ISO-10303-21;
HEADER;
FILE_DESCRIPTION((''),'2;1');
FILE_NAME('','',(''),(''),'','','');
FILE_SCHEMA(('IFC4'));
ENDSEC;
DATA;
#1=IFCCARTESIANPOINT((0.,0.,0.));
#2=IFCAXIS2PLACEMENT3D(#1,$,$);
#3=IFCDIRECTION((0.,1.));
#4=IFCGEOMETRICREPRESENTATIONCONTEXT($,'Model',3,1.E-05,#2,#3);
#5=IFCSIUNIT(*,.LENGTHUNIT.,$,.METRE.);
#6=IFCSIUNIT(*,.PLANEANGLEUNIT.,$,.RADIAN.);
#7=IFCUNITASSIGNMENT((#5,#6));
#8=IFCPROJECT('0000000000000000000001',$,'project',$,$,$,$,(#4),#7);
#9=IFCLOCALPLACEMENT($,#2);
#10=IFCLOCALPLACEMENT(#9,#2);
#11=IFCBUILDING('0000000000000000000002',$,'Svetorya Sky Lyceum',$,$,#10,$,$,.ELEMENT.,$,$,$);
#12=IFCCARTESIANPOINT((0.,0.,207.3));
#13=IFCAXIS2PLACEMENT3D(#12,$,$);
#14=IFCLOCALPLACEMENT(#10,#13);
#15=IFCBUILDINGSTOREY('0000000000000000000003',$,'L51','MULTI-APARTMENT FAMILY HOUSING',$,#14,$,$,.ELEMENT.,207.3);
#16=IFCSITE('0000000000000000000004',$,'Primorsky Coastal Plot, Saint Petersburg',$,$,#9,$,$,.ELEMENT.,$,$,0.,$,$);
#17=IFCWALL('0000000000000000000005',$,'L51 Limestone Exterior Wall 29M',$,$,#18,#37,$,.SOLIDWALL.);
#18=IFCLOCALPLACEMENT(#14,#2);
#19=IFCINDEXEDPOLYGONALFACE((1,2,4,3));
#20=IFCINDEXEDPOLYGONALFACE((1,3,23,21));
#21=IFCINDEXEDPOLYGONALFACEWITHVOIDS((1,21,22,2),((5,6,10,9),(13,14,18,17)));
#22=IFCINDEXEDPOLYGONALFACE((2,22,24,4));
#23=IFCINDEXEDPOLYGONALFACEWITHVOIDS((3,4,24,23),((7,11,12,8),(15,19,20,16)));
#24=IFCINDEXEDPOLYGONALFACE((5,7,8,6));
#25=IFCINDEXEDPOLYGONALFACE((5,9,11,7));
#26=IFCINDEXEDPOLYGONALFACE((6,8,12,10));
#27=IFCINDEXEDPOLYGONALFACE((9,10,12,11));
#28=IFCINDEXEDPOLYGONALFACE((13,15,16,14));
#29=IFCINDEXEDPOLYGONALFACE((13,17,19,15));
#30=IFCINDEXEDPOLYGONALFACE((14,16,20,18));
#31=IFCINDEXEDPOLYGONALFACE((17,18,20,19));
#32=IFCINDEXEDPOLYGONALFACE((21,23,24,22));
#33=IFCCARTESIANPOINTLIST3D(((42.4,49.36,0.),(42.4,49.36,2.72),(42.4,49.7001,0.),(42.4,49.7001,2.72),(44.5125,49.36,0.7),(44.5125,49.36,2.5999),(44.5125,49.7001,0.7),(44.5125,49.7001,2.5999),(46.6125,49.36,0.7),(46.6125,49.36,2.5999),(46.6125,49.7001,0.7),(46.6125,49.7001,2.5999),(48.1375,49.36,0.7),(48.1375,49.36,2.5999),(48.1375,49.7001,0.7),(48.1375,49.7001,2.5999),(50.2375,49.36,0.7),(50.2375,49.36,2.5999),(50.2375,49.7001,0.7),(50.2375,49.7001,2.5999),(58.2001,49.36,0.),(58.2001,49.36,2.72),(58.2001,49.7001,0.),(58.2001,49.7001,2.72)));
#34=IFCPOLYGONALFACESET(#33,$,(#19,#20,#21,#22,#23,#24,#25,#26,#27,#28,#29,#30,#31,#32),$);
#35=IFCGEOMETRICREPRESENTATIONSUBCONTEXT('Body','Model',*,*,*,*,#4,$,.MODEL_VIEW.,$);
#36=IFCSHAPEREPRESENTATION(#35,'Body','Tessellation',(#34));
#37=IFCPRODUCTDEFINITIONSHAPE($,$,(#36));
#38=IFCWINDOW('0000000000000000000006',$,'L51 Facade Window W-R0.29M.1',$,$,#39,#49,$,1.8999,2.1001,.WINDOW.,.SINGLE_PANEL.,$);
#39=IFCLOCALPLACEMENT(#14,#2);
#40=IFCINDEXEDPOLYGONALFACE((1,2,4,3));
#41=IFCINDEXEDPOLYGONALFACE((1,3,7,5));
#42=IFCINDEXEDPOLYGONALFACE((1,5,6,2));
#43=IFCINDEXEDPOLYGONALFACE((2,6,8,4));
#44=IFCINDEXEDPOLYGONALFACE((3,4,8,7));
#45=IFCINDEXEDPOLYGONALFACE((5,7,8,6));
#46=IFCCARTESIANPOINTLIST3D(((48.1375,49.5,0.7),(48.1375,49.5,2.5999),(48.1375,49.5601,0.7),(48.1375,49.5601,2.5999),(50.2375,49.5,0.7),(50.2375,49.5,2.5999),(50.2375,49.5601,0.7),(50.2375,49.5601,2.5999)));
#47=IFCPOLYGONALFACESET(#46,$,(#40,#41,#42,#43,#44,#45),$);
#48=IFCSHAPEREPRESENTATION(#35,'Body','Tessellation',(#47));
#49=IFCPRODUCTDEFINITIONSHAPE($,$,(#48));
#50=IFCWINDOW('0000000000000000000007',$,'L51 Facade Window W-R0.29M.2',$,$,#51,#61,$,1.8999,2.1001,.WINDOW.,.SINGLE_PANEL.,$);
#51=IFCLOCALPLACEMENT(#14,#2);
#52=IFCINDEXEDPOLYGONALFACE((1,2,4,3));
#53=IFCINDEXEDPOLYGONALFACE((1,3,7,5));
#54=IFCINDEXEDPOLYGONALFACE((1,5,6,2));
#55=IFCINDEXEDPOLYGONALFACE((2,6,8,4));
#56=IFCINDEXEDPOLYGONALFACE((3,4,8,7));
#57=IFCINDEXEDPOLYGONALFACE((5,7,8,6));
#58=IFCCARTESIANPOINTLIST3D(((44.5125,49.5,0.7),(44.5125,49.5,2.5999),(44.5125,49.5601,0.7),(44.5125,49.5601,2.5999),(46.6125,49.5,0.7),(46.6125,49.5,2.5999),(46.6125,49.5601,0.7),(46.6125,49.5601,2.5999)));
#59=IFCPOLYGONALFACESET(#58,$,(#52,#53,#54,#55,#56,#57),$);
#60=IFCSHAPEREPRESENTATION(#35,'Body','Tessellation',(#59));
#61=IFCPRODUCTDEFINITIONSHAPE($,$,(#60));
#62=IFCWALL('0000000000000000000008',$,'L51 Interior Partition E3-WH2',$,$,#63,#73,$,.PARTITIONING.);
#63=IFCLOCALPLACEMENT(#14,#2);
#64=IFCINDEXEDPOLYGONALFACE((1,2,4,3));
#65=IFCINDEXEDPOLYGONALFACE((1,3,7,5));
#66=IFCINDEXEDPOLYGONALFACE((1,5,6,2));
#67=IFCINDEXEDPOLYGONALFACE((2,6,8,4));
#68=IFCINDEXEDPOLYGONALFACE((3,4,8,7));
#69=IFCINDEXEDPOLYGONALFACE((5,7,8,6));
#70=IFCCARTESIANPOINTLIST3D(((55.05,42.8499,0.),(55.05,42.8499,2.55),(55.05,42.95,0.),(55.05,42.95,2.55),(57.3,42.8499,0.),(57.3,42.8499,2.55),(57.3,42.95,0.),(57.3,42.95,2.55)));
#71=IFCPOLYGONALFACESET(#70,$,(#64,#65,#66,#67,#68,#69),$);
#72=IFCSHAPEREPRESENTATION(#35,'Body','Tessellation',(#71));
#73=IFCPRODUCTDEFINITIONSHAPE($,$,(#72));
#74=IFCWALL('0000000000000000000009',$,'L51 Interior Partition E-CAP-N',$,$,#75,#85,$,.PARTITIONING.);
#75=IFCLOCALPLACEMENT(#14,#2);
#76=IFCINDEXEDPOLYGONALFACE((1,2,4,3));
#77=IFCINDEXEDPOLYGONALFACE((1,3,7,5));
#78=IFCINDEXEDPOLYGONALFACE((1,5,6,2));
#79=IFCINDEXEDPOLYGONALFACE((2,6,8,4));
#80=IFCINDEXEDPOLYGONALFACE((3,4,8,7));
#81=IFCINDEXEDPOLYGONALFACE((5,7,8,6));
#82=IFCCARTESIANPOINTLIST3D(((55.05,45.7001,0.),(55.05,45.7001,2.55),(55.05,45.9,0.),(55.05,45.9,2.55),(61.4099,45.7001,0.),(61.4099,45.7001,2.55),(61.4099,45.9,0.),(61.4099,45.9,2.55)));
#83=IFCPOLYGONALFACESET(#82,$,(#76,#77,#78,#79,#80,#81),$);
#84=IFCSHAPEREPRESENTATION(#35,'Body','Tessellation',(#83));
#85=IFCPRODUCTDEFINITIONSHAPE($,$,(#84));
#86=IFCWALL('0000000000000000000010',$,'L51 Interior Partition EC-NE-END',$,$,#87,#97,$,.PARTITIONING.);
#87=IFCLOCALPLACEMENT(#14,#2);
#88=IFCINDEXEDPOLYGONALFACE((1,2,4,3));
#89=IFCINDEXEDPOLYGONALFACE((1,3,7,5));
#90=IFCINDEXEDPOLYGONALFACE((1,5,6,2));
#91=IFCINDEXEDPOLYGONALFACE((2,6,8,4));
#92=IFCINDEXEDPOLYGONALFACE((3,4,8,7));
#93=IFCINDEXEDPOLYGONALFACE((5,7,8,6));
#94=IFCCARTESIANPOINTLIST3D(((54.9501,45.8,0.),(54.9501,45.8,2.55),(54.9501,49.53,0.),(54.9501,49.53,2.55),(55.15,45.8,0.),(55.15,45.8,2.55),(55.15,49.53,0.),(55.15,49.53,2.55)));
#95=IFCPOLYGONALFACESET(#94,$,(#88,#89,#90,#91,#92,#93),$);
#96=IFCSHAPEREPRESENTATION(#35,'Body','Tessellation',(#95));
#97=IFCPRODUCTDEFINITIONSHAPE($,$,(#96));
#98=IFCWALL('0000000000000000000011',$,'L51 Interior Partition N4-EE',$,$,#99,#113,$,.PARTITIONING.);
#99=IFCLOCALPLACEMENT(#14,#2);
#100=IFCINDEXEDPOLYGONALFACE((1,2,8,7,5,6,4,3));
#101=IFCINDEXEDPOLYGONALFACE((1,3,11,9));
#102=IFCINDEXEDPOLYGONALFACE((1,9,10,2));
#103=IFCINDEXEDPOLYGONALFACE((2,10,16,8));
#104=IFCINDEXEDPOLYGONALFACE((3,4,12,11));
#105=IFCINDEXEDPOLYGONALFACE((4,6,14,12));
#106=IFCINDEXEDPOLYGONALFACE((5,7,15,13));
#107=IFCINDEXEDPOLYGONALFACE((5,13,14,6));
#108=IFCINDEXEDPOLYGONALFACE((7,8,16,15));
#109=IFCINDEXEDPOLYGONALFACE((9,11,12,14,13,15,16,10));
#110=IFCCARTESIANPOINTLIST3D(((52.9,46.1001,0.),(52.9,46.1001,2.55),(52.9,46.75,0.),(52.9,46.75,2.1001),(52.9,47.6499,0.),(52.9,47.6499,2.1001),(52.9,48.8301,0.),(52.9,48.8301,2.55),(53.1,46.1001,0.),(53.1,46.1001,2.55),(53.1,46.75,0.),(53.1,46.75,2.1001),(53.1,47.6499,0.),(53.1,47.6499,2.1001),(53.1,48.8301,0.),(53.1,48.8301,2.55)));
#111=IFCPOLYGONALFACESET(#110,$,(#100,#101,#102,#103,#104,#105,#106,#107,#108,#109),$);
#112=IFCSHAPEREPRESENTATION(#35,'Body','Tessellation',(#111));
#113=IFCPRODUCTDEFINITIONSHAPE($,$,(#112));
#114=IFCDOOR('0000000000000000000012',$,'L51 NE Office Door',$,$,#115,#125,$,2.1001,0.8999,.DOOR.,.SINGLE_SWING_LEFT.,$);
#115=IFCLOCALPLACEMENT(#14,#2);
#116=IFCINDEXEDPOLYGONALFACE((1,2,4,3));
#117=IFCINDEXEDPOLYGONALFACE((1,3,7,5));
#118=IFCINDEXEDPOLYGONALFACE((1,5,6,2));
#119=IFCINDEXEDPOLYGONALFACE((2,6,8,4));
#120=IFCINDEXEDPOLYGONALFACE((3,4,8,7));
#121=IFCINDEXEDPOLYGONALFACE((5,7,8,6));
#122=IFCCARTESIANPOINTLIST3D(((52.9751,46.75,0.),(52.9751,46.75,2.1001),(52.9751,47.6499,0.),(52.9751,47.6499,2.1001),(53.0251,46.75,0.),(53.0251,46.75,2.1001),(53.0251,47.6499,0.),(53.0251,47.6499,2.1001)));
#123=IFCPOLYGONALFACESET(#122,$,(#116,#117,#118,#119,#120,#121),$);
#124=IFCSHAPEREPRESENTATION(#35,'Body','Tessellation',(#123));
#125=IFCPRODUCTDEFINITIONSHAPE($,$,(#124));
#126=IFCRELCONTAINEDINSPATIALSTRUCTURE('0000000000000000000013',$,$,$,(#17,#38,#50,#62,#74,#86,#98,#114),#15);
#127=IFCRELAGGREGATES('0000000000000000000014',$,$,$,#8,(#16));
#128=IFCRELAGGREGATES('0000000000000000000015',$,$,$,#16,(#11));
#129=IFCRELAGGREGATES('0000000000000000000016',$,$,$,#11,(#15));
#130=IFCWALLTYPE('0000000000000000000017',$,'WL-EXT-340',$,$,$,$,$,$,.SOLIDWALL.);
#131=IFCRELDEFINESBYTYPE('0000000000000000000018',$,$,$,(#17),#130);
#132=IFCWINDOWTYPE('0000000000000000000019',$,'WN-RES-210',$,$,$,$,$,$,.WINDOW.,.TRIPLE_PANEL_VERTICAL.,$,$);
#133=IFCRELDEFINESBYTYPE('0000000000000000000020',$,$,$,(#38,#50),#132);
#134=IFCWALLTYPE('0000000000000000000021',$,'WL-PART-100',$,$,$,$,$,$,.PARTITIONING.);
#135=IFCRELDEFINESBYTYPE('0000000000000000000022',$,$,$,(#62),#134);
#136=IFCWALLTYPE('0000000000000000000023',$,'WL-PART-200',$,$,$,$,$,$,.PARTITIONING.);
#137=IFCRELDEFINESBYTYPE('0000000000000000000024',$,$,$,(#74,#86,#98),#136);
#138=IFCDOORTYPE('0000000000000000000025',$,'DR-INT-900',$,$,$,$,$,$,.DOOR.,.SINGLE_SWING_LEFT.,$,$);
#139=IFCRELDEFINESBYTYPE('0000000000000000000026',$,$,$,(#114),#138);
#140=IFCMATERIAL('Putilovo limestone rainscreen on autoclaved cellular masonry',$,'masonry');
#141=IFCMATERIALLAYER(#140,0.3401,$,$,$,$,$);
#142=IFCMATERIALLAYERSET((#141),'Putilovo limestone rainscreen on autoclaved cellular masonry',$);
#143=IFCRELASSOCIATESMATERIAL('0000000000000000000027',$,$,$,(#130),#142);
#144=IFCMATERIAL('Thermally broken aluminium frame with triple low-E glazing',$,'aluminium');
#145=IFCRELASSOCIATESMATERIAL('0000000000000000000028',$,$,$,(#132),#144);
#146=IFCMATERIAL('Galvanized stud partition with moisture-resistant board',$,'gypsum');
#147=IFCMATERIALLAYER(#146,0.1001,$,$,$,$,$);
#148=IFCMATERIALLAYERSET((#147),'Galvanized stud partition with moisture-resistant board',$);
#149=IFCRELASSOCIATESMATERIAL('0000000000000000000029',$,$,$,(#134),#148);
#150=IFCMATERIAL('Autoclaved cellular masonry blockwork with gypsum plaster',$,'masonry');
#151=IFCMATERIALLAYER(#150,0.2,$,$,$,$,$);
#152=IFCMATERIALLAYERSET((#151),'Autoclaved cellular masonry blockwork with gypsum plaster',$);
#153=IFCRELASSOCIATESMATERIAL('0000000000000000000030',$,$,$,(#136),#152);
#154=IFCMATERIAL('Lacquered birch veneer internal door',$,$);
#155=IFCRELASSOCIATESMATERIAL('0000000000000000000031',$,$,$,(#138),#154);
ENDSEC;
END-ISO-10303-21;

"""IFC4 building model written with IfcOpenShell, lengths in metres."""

from ifc_helpers import new_model, si_unit, direction, frame, frame_2d, origin, place, context, subcontext, project, spatial, rectangle, extrude, material, layer, layer_set, type_object, element, fill, save


model = new_model("IFC4")

# Units and contexts
model_context = context("Model", 3, precision=1e-05, world=origin(), true_north=direction((0.0, 1.0)))
body_context = subcontext(model_context, "Body", "Model", "MODEL_VIEW")
ifc_project = project(units=[si_unit("LENGTHUNIT", "METRE"), si_unit("PLANEANGLEUNIT", "RADIAN")], contexts=[model_context])

# Site, building, storey
site_placement = place(None, origin())
site = spatial("IfcSite", under=ifc_project, at=site_placement, Name="Primorsky Coastal Plot, Saint Petersburg", CompositionType="ELEMENT", RefElevation=0.0)
building_placement = place(site_placement, origin())
building = spatial("IfcBuilding", under=site, at=building_placement, Name="Svetorya Sky Lyceum", CompositionType="ELEMENT")
storey_placement = place(building_placement, frame((0.0, 0.0, 207.3)))
storey = spatial("IfcBuildingStorey", under=building, at=storey_placement, Name="L51", Description="MULTI-APARTMENT FAMILY HOUSING", CompositionType="ELEMENT", Elevation=207.3)

# Shared definitions
ifc_material_1 = material(Name="Putilovo limestone rainscreen on autoclaved cellular masonry", Category="masonry")
ifc_layer_1 = layer(ifc_material_1, 0.3401)
ifc_layer_set_1 = layer_set([ifc_layer_1], Name="Putilovo limestone rainscreen on autoclaved cellular masonry")
wall_type_1 = type_object("IfcWallType", Name="WL-EXT-340", PredefinedType="SOLIDWALL", material=ifc_layer_set_1)

# Wall, openings, windows
wall_1_placement = place(storey_placement, frame((58.2, 49.53, 0.0), z_axis=(0.0, 0.0, 1.0), x_axis=(-1.0, 0.0, 0.0)))
wall_1 = element("IfcWall", 1, at=wall_1_placement, inside=storey, type_object=wall_type_1, Name="L51 Limestone Exterior Wall 29M", PredefinedType="SOLIDWALL", context=body_context, shape_type="SweptSolid", body=[
    extrude(rectangle(XDim=15.8, YDim=0.3401, at=frame_2d((7.8999, 0.0))), origin(), (0.0, 0.0, 1.0), 2.72),
])
opening_1_placement = place(wall_1_placement, frame((7.9624, 0.0, 0.7)))
opening_1 = element("IfcOpeningElement", 2, at=opening_1_placement, cuts=wall_1, PredefinedType="OPENING", context=body_context, shape_type="SweptSolid", body=[
    extrude(rectangle(XDim=2.1001, YDim=1.8999, at=frame_2d((1.05, 0.95))), frame((0.0, 0.1799, 0.0), z_axis=(0.0, -1.0, 0.0), x_axis=(1.0, 0.0, 0.0)), (0.0, 0.0, 1.0), 0.3601),
])
opening_2_placement = place(wall_1_placement, frame((11.5874, 0.0, 0.7)))
opening_2 = element("IfcOpeningElement", 3, at=opening_2_placement, cuts=wall_1, PredefinedType="OPENING", context=body_context, shape_type="SweptSolid", body=[
    extrude(rectangle(XDim=2.1001, YDim=1.8999, at=frame_2d((1.05, 0.95))), frame((0.0, 0.1799, 0.0), z_axis=(0.0, -1.0, 0.0), x_axis=(1.0, 0.0, 0.0)), (0.0, 0.0, 1.0), 0.3601),
])
ifc_material_2 = material(Name="Thermally broken aluminium frame with triple low-E glazing", Category="aluminium")
window_type = type_object("IfcWindowType", Name="WN-RES-210", PartitioningType="TRIPLE_PANEL_VERTICAL", PredefinedType="WINDOW", material=ifc_material_2)
window_1_placement = place(opening_1_placement, origin())
window_1 = element("IfcWindow", 4, at=window_1_placement, inside=storey, type_object=window_type, Name="L51 Facade Window W-R0.29M.1", OverallHeight=1.8999, OverallWidth=2.1001, PartitioningType="SINGLE_PANEL", PredefinedType="WINDOW", context=body_context, shape_type="SweptSolid", body=[
    extrude(rectangle(XDim=2.1001, YDim=1.8999, at=frame_2d((1.05, 0.95))), frame((0.0, 0.03, 0.0), z_axis=(0.0, -1.0, 0.0), x_axis=(1.0, 0.0, 0.0)), (0.0, 0.0, 1.0), 0.0601),
])
fill(opening_1, window_1)
window_2_placement = place(opening_2_placement, origin())
window_2 = element("IfcWindow", 5, at=window_2_placement, inside=storey, type_object=window_type, Name="L51 Facade Window W-R0.29M.2", OverallHeight=1.8999, OverallWidth=2.1001, PartitioningType="SINGLE_PANEL", PredefinedType="WINDOW", context=body_context, shape_type="SweptSolid", body=[
    extrude(rectangle(XDim=2.1001, YDim=1.8999, at=frame_2d((1.05, 0.95))), frame((0.0, 0.03, 0.0), z_axis=(0.0, -1.0, 0.0), x_axis=(1.0, 0.0, 0.0)), (0.0, 0.0, 1.0), 0.0601),
])
fill(opening_2, window_2)

# Walls
ifc_material_3 = material(Name="Galvanized stud partition with moisture-resistant board", Category="gypsum")
ifc_layer_2 = layer(ifc_material_3, 0.1001)
ifc_layer_set_2 = layer_set([ifc_layer_2], Name="Galvanized stud partition with moisture-resistant board")
wall_type_2 = type_object("IfcWallType", Name="WL-PART-100", PredefinedType="PARTITIONING", material=ifc_layer_set_2)
wall_2_placement = place(storey_placement, frame((55.05, 42.8999, 0.0), z_axis=(0.0, 0.0, 1.0), x_axis=(1.0, 0.0, 0.0)))
element("IfcWall", 6, at=wall_2_placement, inside=storey, type_object=wall_type_2, Name="L51 Interior Partition E3-WH2", PredefinedType="PARTITIONING", context=body_context, shape_type="SweptSolid", body=[
    extrude(rectangle(XDim=2.25, YDim=0.1001, at=frame_2d((1.125, 0.0))), origin(), (0.0, 0.0, 1.0), 2.55),
])
ifc_material_4 = material(Name="Autoclaved cellular masonry blockwork with gypsum plaster", Category="masonry")
ifc_layer_3 = layer(ifc_material_4, 0.2)
ifc_layer_set_3 = layer_set([ifc_layer_3], Name="Autoclaved cellular masonry blockwork with gypsum plaster")
wall_type_3 = type_object("IfcWallType", Name="WL-PART-200", PredefinedType="PARTITIONING", material=ifc_layer_set_3)
wall_3_placement = place(storey_placement, frame((55.05, 45.8, 0.0), z_axis=(0.0, 0.0, 1.0), x_axis=(1.0, 0.0, 0.0)))
element("IfcWall", 7, at=wall_3_placement, inside=storey, type_object=wall_type_3, Name="L51 Interior Partition E-CAP-N", PredefinedType="PARTITIONING", context=body_context, shape_type="SweptSolid", body=[
    extrude(rectangle(XDim=6.3599, YDim=0.2, at=frame_2d((3.1799, 0.0))), origin(), (0.0, 0.0, 1.0), 2.55),
])
wall_4_placement = place(storey_placement, frame((55.05, 45.8, 0.0), z_axis=(0.0, 0.0, 1.0), x_axis=(0.0, 1.0, 0.0)))
element("IfcWall", 8, at=wall_4_placement, inside=storey, type_object=wall_type_3, Name="L51 Interior Partition EC-NE-END", PredefinedType="PARTITIONING", context=body_context, shape_type="SweptSolid", body=[
    extrude(rectangle(XDim=3.73, YDim=0.2, at=frame_2d((1.865, 0.0))), origin(), (0.0, 0.0, 1.0), 2.55),
])

# Wall, opening, door
wall_5_placement = place(storey_placement, frame((53.0, 46.1001, 0.0), z_axis=(0.0, 0.0, 1.0), x_axis=(0.0, 1.0, 0.0)))
wall_5 = element("IfcWall", 9, at=wall_5_placement, inside=storey, type_object=wall_type_3, Name="L51 Interior Partition N4-EE", PredefinedType="PARTITIONING", context=body_context, shape_type="SweptSolid", body=[
    extrude(rectangle(XDim=2.73, YDim=0.2, at=frame_2d((1.365, 0.0))), origin(), (0.0, 0.0, 1.0), 2.55),
])
opening_3_placement = place(wall_5_placement, frame((0.6499, 0.0, 0.0)))
opening_3 = element("IfcOpeningElement", 10, at=opening_3_placement, cuts=wall_5, PredefinedType="OPENING", context=body_context, shape_type="SweptSolid", body=[
    extrude(rectangle(XDim=0.8999, YDim=2.1001, at=frame_2d((0.45, 1.05))), frame((0.0, 0.1099, 0.0), z_axis=(0.0, -1.0, 0.0), x_axis=(1.0, 0.0, 0.0)), (0.0, 0.0, 1.0), 0.22),
])
ifc_material_5 = material(Name="Lacquered birch veneer internal door")
door_type = type_object("IfcDoorType", Name="DR-INT-900", OperationType="SINGLE_SWING_LEFT", PredefinedType="DOOR", material=ifc_material_5)
door_placement = place(opening_3_placement, origin())
door = element("IfcDoor", 11, at=door_placement, inside=storey, type_object=door_type, Name="L51 NE Office Door", OperationType="SINGLE_SWING_LEFT", OverallHeight=2.1001, OverallWidth=0.8999, PredefinedType="DOOR", context=body_context, shape_type="SweptSolid", body=[
    extrude(rectangle(XDim=0.8999, YDim=2.1001, at=frame_2d((0.45, 1.05))), frame((0.0, 0.0249, 0.0), z_axis=(0.0, -1.0, 0.0), x_axis=(1.0, 0.0, 0.0)), (0.0, 0.0, 1.0), 0.05),
])
fill(opening_3, door)

save(model, "model.ifc")
